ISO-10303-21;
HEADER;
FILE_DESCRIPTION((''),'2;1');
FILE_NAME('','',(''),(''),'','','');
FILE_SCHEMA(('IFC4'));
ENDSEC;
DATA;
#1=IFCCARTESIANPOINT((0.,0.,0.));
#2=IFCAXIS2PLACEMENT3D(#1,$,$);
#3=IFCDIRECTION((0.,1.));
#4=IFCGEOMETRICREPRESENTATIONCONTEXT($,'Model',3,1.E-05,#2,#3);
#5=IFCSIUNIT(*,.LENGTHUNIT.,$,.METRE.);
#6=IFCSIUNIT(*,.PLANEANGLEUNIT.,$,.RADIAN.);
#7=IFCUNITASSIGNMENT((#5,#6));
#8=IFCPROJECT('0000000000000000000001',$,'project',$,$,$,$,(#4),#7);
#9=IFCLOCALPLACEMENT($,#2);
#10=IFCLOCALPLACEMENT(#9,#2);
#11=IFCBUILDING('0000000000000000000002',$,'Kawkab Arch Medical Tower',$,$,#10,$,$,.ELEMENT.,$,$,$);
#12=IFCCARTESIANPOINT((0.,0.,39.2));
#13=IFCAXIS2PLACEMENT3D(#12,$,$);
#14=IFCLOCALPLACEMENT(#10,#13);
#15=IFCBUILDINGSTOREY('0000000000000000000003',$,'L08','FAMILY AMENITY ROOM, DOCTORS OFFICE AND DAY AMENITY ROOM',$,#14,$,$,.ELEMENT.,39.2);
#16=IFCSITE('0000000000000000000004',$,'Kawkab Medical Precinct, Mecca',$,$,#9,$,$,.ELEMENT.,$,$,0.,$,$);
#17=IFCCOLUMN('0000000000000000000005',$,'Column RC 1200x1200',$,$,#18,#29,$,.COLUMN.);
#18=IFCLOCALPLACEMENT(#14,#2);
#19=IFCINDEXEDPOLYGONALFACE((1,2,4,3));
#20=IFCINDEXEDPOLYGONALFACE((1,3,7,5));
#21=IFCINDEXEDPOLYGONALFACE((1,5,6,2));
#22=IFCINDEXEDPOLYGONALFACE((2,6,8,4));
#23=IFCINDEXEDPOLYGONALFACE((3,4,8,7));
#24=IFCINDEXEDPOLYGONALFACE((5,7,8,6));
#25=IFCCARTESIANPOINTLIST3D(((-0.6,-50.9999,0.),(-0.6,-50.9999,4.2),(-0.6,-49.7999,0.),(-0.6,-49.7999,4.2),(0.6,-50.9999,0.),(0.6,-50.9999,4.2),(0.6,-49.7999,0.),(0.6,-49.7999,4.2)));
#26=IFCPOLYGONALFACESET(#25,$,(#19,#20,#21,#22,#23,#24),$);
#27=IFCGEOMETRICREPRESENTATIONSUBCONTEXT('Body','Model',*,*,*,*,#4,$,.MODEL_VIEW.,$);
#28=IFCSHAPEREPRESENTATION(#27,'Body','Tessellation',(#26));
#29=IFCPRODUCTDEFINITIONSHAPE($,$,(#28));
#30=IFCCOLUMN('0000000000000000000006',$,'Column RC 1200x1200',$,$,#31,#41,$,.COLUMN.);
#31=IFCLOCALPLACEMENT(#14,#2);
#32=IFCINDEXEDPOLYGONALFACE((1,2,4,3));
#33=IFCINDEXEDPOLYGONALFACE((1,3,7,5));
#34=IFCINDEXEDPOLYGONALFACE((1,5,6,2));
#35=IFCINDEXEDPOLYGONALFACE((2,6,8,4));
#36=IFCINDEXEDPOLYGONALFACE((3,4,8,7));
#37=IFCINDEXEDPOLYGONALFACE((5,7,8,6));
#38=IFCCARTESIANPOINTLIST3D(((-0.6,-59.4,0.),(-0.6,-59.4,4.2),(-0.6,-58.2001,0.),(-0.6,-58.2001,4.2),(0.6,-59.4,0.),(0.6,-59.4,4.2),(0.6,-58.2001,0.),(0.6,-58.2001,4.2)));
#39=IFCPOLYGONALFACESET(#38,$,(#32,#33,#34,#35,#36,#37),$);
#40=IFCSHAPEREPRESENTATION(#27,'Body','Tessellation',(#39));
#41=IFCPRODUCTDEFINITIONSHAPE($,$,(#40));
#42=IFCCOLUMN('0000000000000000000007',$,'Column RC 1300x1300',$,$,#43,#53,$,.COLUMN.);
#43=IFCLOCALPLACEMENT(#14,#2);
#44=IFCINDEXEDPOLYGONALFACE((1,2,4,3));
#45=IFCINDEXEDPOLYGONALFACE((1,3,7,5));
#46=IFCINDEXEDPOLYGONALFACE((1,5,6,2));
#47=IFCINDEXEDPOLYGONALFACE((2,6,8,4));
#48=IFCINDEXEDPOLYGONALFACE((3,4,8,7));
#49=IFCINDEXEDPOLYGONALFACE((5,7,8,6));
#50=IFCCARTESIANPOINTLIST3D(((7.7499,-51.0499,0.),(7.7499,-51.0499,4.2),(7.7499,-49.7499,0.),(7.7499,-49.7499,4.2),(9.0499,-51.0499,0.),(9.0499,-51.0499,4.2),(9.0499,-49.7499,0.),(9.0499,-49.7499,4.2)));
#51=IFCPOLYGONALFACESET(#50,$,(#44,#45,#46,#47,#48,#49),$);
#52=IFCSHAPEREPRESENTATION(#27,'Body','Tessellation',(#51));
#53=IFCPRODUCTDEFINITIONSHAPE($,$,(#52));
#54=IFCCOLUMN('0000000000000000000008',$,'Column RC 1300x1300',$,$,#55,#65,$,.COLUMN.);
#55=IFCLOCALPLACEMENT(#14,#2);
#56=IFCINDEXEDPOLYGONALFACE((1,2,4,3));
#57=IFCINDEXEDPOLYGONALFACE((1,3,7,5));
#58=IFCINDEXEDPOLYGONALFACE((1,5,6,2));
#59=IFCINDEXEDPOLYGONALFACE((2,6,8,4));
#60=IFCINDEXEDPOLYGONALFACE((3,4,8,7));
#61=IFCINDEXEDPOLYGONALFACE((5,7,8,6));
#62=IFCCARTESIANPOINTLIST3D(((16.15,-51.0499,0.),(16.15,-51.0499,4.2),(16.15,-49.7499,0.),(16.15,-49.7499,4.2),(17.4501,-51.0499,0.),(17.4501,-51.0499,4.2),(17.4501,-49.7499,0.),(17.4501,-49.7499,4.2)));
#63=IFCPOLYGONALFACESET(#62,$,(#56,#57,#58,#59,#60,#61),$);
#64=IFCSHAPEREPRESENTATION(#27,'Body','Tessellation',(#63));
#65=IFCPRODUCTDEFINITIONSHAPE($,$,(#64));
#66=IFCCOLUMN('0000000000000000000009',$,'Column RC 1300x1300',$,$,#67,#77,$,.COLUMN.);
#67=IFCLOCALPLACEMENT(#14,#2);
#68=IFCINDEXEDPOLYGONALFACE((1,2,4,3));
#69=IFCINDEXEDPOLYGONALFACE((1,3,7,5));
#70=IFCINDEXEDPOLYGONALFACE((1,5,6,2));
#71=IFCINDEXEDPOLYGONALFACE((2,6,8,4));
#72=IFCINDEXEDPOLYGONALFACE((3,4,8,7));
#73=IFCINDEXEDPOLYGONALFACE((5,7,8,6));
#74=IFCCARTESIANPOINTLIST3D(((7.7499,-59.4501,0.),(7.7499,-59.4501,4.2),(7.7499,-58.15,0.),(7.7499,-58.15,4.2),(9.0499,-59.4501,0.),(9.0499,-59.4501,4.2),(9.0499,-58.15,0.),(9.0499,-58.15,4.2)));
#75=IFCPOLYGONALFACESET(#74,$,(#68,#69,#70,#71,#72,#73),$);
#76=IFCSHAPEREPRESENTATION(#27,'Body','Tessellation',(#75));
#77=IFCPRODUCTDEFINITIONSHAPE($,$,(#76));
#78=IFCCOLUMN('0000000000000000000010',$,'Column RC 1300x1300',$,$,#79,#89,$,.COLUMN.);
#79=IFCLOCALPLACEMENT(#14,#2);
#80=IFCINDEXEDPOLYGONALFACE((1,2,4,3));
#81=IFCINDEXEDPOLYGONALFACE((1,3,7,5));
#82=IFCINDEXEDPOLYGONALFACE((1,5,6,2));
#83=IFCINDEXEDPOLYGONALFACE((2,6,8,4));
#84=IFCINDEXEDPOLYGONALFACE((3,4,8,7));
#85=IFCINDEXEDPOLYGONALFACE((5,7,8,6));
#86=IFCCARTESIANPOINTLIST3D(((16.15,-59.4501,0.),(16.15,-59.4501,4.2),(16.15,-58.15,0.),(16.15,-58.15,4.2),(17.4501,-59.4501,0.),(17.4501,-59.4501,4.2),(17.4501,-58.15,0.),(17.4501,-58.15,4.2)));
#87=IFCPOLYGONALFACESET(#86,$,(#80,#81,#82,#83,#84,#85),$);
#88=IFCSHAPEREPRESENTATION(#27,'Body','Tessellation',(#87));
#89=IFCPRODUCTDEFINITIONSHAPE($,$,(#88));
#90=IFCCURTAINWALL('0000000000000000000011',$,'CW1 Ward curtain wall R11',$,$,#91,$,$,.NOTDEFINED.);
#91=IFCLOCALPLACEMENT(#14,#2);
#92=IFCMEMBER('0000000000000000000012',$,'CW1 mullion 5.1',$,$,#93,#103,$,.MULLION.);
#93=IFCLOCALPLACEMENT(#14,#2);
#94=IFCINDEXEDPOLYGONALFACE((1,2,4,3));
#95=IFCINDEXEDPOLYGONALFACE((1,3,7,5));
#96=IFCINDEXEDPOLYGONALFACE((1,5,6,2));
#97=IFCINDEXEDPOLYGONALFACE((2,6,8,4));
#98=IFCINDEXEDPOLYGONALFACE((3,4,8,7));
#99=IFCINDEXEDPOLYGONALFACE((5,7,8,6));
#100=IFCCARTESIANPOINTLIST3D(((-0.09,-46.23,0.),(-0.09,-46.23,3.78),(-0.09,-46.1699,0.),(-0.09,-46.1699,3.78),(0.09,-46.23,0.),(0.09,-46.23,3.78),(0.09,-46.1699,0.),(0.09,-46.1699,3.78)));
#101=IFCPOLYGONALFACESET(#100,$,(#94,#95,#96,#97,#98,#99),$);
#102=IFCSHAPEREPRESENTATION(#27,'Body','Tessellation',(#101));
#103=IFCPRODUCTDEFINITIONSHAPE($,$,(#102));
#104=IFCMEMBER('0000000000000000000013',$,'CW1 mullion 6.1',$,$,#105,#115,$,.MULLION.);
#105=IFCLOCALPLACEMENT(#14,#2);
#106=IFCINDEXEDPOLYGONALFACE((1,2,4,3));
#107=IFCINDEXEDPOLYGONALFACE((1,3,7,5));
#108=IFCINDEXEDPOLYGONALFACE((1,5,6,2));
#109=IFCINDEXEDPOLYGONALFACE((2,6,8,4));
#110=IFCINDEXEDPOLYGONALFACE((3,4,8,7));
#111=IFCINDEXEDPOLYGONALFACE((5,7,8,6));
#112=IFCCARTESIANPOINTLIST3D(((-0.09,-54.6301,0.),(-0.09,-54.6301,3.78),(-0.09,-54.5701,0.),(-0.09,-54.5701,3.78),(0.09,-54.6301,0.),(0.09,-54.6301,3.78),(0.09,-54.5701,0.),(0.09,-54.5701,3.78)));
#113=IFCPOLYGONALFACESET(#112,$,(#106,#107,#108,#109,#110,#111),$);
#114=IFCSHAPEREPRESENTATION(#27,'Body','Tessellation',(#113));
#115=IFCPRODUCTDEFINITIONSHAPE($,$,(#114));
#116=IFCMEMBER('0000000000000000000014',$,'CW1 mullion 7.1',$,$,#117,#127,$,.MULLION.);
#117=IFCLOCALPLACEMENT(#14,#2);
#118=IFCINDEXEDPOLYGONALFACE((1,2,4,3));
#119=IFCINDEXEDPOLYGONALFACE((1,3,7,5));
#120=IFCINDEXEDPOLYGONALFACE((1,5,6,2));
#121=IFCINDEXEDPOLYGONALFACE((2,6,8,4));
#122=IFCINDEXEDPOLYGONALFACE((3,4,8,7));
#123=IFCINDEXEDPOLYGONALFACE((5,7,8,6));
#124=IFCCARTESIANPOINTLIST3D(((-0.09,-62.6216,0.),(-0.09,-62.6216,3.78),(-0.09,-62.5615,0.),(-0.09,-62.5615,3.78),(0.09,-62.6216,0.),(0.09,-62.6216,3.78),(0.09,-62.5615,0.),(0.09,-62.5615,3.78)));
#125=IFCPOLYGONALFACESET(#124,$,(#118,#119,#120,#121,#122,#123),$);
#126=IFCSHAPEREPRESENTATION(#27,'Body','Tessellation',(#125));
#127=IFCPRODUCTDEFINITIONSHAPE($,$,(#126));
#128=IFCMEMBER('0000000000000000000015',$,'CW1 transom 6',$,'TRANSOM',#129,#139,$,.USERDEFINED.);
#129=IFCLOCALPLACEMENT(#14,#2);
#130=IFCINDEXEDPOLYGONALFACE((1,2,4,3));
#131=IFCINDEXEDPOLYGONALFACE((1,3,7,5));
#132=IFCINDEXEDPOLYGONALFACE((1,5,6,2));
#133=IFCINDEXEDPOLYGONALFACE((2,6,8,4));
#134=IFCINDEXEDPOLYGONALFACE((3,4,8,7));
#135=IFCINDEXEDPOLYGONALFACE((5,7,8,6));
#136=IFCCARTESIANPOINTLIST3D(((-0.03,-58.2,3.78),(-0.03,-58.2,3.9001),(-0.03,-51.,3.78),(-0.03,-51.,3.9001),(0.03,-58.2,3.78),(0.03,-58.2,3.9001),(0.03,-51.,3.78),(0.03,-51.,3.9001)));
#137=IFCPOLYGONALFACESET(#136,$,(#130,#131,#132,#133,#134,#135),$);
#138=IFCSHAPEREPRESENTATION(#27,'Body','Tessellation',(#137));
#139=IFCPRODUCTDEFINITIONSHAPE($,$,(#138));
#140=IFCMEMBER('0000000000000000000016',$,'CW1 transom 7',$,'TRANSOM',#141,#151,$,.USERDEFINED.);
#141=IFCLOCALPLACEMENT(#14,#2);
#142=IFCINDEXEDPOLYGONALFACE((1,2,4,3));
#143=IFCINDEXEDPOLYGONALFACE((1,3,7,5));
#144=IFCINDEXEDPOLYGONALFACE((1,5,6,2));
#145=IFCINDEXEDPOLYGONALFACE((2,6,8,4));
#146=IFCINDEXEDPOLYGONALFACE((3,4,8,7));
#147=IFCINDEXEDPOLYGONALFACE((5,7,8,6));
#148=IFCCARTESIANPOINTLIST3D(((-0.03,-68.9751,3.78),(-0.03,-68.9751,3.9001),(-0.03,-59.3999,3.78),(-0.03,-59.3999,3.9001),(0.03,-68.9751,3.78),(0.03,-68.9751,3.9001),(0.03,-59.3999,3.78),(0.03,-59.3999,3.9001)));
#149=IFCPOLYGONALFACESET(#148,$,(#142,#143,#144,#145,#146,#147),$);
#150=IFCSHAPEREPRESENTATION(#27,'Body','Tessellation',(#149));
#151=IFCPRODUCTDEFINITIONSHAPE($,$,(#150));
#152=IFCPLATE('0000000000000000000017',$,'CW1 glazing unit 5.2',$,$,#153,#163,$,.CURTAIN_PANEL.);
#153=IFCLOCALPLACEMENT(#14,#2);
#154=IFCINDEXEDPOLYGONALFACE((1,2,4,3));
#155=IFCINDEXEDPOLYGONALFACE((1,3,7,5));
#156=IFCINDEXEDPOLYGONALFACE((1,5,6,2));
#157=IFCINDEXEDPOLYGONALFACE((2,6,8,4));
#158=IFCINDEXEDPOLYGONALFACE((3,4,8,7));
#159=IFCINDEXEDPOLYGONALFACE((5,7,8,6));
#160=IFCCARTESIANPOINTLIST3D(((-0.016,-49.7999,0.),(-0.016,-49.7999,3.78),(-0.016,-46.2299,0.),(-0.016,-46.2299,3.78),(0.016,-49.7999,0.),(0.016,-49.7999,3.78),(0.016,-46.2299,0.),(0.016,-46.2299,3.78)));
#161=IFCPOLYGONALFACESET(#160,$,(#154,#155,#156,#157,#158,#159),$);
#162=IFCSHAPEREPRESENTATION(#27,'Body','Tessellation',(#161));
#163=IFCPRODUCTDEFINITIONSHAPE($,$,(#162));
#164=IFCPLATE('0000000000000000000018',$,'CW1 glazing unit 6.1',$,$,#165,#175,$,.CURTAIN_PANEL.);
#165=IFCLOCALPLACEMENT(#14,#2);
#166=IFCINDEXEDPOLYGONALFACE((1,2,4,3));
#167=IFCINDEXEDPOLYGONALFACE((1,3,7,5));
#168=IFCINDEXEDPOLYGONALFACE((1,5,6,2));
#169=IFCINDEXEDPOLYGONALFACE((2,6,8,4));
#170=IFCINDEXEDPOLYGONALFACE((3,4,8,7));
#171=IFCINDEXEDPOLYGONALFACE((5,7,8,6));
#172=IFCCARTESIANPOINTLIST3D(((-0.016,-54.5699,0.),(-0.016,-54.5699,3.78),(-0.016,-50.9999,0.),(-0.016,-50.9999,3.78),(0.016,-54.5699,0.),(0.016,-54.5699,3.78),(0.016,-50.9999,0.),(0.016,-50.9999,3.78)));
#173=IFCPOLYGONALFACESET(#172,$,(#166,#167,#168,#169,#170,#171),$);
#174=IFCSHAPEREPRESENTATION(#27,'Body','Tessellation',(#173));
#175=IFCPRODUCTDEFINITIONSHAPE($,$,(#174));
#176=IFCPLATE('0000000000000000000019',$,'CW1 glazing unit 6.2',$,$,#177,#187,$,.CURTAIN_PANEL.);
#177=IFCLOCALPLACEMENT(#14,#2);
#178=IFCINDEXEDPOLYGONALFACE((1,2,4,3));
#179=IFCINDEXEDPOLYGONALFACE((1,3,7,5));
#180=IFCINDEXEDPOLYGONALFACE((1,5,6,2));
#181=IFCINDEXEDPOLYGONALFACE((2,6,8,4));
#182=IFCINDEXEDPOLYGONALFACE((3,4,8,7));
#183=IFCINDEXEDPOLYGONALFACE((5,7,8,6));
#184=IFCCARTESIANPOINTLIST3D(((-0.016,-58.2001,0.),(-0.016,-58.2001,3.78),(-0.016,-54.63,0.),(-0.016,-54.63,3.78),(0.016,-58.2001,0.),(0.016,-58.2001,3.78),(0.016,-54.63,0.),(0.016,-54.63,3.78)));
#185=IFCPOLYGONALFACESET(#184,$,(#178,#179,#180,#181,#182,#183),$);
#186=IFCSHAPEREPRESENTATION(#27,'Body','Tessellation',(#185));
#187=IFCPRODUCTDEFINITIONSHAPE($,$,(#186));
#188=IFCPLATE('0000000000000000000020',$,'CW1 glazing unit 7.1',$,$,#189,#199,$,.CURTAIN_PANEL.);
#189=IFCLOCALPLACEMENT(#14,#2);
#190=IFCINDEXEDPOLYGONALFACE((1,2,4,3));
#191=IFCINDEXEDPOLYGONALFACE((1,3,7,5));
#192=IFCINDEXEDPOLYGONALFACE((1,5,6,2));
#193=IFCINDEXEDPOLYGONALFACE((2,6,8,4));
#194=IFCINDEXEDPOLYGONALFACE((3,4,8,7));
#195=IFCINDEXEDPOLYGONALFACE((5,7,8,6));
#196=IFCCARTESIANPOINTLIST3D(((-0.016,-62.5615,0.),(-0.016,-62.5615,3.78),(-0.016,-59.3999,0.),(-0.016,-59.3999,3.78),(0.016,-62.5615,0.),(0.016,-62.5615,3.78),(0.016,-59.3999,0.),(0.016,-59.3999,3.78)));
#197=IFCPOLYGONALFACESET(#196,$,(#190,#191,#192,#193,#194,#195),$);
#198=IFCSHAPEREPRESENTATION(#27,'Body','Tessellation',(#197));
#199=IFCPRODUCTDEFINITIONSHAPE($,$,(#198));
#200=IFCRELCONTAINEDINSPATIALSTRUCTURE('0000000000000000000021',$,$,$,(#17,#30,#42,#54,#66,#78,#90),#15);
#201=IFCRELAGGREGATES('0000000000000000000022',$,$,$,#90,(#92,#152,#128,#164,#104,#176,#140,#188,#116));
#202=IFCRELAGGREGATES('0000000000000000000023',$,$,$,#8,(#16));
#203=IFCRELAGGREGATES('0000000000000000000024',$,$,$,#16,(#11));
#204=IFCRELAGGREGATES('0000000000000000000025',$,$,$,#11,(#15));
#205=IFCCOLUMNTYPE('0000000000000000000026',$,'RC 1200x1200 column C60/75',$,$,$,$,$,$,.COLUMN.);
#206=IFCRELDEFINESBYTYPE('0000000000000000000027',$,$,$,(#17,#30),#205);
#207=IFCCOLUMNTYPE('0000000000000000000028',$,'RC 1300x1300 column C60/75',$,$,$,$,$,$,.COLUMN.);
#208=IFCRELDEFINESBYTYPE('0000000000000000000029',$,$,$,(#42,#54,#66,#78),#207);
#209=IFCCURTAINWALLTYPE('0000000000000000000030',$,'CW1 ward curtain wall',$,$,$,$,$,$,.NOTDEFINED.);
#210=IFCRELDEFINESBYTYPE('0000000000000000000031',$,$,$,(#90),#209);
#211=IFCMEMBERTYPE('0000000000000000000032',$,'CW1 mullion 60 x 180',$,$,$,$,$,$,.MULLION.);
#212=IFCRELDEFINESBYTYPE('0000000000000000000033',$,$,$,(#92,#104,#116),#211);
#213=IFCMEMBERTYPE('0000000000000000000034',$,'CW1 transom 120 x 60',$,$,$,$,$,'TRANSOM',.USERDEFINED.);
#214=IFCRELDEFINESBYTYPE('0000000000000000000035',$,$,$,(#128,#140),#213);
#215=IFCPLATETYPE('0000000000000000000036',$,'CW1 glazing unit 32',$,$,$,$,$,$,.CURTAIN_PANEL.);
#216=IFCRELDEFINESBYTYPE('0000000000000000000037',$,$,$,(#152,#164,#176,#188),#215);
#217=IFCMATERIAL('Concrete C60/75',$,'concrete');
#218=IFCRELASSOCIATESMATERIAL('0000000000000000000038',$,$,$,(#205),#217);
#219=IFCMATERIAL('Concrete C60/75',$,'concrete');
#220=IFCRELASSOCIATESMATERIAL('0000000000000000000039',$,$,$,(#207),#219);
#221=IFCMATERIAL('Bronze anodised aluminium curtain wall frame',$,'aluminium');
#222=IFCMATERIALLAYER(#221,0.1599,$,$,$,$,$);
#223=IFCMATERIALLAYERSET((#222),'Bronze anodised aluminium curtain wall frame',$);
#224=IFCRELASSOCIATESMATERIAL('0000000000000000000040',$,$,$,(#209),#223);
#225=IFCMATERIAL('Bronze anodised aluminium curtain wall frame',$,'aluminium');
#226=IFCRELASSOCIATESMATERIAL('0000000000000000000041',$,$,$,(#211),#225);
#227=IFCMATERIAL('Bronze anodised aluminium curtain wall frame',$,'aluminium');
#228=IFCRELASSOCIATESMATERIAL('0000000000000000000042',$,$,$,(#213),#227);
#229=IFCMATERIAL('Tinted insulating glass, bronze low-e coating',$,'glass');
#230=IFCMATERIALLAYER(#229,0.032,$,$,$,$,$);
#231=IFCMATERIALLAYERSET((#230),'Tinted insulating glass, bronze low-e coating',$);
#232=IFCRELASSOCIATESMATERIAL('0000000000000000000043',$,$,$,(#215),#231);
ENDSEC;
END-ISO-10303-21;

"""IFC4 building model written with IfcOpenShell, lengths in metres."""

from ifc_helpers import new_model, si_unit, direction, frame, origin, origin_2d, place, context, subcontext, project, spatial, rectangle, extrude, material, layer, layer_set, material_profile, profile_set, type_object, element, aggregate, save


model = new_model("IFC4")

# Units and contexts
model_context = context("Model", 3, precision=1e-05, world=origin(), true_north=direction((0.0, 1.0)))
body_context = subcontext(model_context, "Body", "Model", "MODEL_VIEW")
ifc_project = project(units=[si_unit("LENGTHUNIT", "METRE"), si_unit("PLANEANGLEUNIT", "RADIAN")], contexts=[model_context])

# Site, building, storey
site_placement = place(None, origin())
site = spatial("IfcSite", under=ifc_project, at=site_placement, Name="Kawkab Medical Precinct, Mecca", CompositionType="ELEMENT", RefElevation=0.0)
building_placement = place(site_placement, origin())
building = spatial("IfcBuilding", under=site, at=building_placement, Name="Kawkab Arch Medical Tower", CompositionType="ELEMENT")
storey_placement = place(building_placement, frame((0.0, 0.0, 39.2)))
storey = spatial("IfcBuildingStorey", under=building, at=storey_placement, Name="L08", Description="FAMILY AMENITY ROOM, DOCTORS OFFICE AND DAY AMENITY ROOM", CompositionType="ELEMENT", Elevation=39.2)

# Columns
ifc_material_1 = material(Name="Concrete C60/75", Category="concrete")
ifc_material_profile_1 = material_profile(ifc_material_1, rectangle(XDim=1.2, YDim=1.2, at=origin_2d()), Name="RC 1200x1200")
ifc_profile_set_1 = profile_set([ifc_material_profile_1], Name="Concrete C60/75")
column_type_1 = type_object("IfcColumnType", Name="RC 1200x1200 column C60/75", PredefinedType="COLUMN", material=ifc_profile_set_1)
for number, where, z_axis, x_axis, name in (
    (1, (0.0, -50.3999, 0.0), (0.0, 0.0, 1.0), (1.0, 0.0, 0.0), "Column RC 1200x1200"),
    (2, (0.0, -58.8, 0.0), (0.0, 0.0, 1.0), (1.0, 0.0, 0.0), "Column RC 1200x1200"),
):
    element("IfcColumn", number, at=place(storey_placement, frame(where, z_axis=z_axis, x_axis=x_axis)), inside=storey, type_object=column_type_1, Name=name, PredefinedType="COLUMN", context=body_context, shape_type="SweptSolid", body=[
        extrude(rectangle(XDim=1.2, YDim=1.2, at=origin_2d()), origin(), (0.0, 0.0, 1.0), 4.2),
    ])
ifc_material_2 = material(Name="Concrete C60/75", Category="concrete")
ifc_material_profile_2 = material_profile(ifc_material_2, rectangle(XDim=1.3, YDim=1.3, at=origin_2d()), Name="RC 1300x1300")
ifc_profile_set_2 = profile_set([ifc_material_profile_2], Name="Concrete C60/75")
column_type_2 = type_object("IfcColumnType", Name="RC 1300x1300 column C60/75", PredefinedType="COLUMN", material=ifc_profile_set_2)
for number, where, z_axis, x_axis, name in (
    (3, (8.3999, -50.3999, 0.0), (0.0, 0.0, 1.0), (1.0, 0.0, 0.0), "Column RC 1300x1300"),
    (4, (16.8, -50.3999, 0.0), (0.0, 0.0, 1.0), (1.0, 0.0, 0.0), "Column RC 1300x1300"),
    (5, (8.3999, -58.8, 0.0), (0.0, 0.0, 1.0), (1.0, 0.0, 0.0), "Column RC 1300x1300"),
    (6, (16.8, -58.8, 0.0), (0.0, 0.0, 1.0), (1.0, 0.0, 0.0), "Column RC 1300x1300"),
):
    element("IfcColumn", number, at=place(storey_placement, frame(where, z_axis=z_axis, x_axis=x_axis)), inside=storey, type_object=column_type_2, Name=name, PredefinedType="COLUMN", context=body_context, shape_type="SweptSolid", body=[
        extrude(rectangle(XDim=1.3, YDim=1.3, at=origin_2d()), origin(), (0.0, 0.0, 1.0), 4.2),
    ])

# Curtain wall, members, plates
ifc_material_3 = material(Name="Bronze anodised aluminium curtain wall frame", Category="aluminium")
ifc_layer_1 = layer(ifc_material_3, 0.1599)
ifc_layer_set_1 = layer_set([ifc_layer_1], Name="Bronze anodised aluminium curtain wall frame")
curtain_wall_type = type_object("IfcCurtainWallType", Name="CW1 ward curtain wall", PredefinedType="NOTDEFINED", material=ifc_layer_set_1)
curtain_wall_placement = place(storey_placement, origin())
curtain_wall = element("IfcCurtainWall", 7, at=curtain_wall_placement, inside=storey, type_object=curtain_wall_type, Name="CW1 Ward curtain wall R11", PredefinedType="NOTDEFINED")
ifc_material_4 = material(Name="Bronze anodised aluminium curtain wall frame", Category="aluminium")
ifc_material_profile_3 = material_profile(ifc_material_4, rectangle(XDim=0.1799, YDim=0.0601, at=origin_2d()), Name="AL 60x180")
ifc_profile_set_3 = profile_set([ifc_material_profile_3], Name="Bronze anodised aluminium curtain wall frame")
member_type_1 = type_object("IfcMemberType", Name="CW1 mullion 60 x 180", PredefinedType="MULLION", material=ifc_profile_set_3)
member_1_placement = place(storey_placement, frame((0.0, -46.2, 0.0), z_axis=(0.0, 0.0, 1.0), x_axis=(1.0, 0.0, 0.0)))
member_1 = element("IfcMember", 8, at=member_1_placement, type_object=member_type_1, Name="CW1 mullion 5.1", PredefinedType="MULLION", context=body_context, shape_type="SweptSolid", body=[
    extrude(rectangle(XDim=0.1799, YDim=0.0601, at=origin_2d()), origin(), (0.0, 0.0, 1.0), 3.78),
])
member_2_placement = place(storey_placement, frame((0.0, -54.6001, 0.0), z_axis=(0.0, 0.0, 1.0), x_axis=(1.0, 0.0, 0.0)))
member_2 = element("IfcMember", 9, at=member_2_placement, type_object=member_type_1, Name="CW1 mullion 6.1", PredefinedType="MULLION", context=body_context, shape_type="SweptSolid", body=[
    extrude(rectangle(XDim=0.1799, YDim=0.0601, at=origin_2d()), origin(), (0.0, 0.0, 1.0), 3.78),
])
member_3_placement = place(storey_placement, frame((0.0, -62.5916, 0.0), z_axis=(0.0, 0.0, 1.0), x_axis=(1.0, 0.0, 0.0)))
member_3 = element("IfcMember", 10, at=member_3_placement, type_object=member_type_1, Name="CW1 mullion 7.1", PredefinedType="MULLION", context=body_context, shape_type="SweptSolid", body=[
    extrude(rectangle(XDim=0.1799, YDim=0.0601, at=origin_2d()), origin(), (0.0, 0.0, 1.0), 3.78),
])
ifc_material_5 = material(Name="Bronze anodised aluminium curtain wall frame", Category="aluminium")
ifc_material_profile_4 = material_profile(ifc_material_5, rectangle(XDim=0.0601, YDim=0.1201, at=origin_2d()), Name="AL 60x120")
ifc_profile_set_4 = profile_set([ifc_material_profile_4], Name="Bronze anodised aluminium curtain wall frame")
member_type_2 = type_object("IfcMemberType", Name="CW1 transom 120 x 60", ElementType="TRANSOM", PredefinedType="USERDEFINED", material=ifc_profile_set_4)
member_4_placement = place(storey_placement, frame((0.0, -51.0, 3.8401), z_axis=(0.0, -1.0, 0.0), x_axis=(1.0, 0.0, 0.0)))
member_4 = element("IfcMember", 11, at=member_4_placement, type_object=member_type_2, Name="CW1 transom 6", ObjectType="TRANSOM", PredefinedType="USERDEFINED", context=body_context, shape_type="SweptSolid", body=[
    extrude(rectangle(XDim=0.0601, YDim=0.1201, at=origin_2d()), origin(), (0.0, 0.0, 1.0), 7.2),
])
member_5_placement = place(storey_placement, frame((0.0, -59.3999, 3.8401), z_axis=(0.0, -1.0, 0.0), x_axis=(1.0, 0.0, 0.0)))
member_5 = element("IfcMember", 12, at=member_5_placement, type_object=member_type_2, Name="CW1 transom 7", ObjectType="TRANSOM", PredefinedType="USERDEFINED", context=body_context, shape_type="SweptSolid", body=[
    extrude(rectangle(XDim=0.0601, YDim=0.1201, at=origin_2d()), origin(), (0.0, 0.0, 1.0), 9.5752),
])
ifc_material_6 = material(Name="Tinted insulating glass, bronze low-e coating", Category="glass")
ifc_layer_2 = layer(ifc_material_6, 0.032)
ifc_layer_set_2 = layer_set([ifc_layer_2], Name="Tinted insulating glass, bronze low-e coating")
plate_type = type_object("IfcPlateType", Name="CW1 glazing unit 32", PredefinedType="CURTAIN_PANEL", material=ifc_layer_set_2)
plate_1_placement = place(storey_placement, frame((0.0, -48.0149, 0.0), z_axis=(0.0, 0.0, 1.0), x_axis=(0.0, -1.0, 0.0)))
plate_1 = element("IfcPlate", 13, at=plate_1_placement, type_object=plate_type, Name="CW1 glazing unit 5.2", PredefinedType="CURTAIN_PANEL", context=body_context, shape_type="SweptSolid", body=[
    extrude(rectangle(XDim=3.5701, YDim=0.032, at=origin_2d()), origin(), (0.0, 0.0, 1.0), 3.78),
])
plate_2_placement = place(storey_placement, frame((0.0, -52.7849, 0.0), z_axis=(0.0, 0.0, 1.0), x_axis=(0.0, -1.0, 0.0)))
plate_2 = element("IfcPlate", 14, at=plate_2_placement, type_object=plate_type, Name="CW1 glazing unit 6.1", PredefinedType="CURTAIN_PANEL", context=body_context, shape_type="SweptSolid", body=[
    extrude(rectangle(XDim=3.5701, YDim=0.032, at=origin_2d()), origin(), (0.0, 0.0, 1.0), 3.78),
])
plate_3_placement = place(storey_placement, frame((0.0, -56.415, 0.0), z_axis=(0.0, 0.0, 1.0), x_axis=(0.0, -1.0, 0.0)))
plate_3 = element("IfcPlate", 15, at=plate_3_placement, type_object=plate_type, Name="CW1 glazing unit 6.2", PredefinedType="CURTAIN_PANEL", context=body_context, shape_type="SweptSolid", body=[
    extrude(rectangle(XDim=3.5701, YDim=0.032, at=origin_2d()), origin(), (0.0, 0.0, 1.0), 3.78),
])
plate_4_placement = place(storey_placement, frame((0.0, -60.9807, 0.0), z_axis=(0.0, 0.0, 1.0), x_axis=(0.0, -1.0, 0.0)))
plate_4 = element("IfcPlate", 16, at=plate_4_placement, type_object=plate_type, Name="CW1 glazing unit 7.1", PredefinedType="CURTAIN_PANEL", context=body_context, shape_type="SweptSolid", body=[
    extrude(rectangle(XDim=3.1616, YDim=0.032, at=origin_2d()), origin(), (0.0, 0.0, 1.0), 3.78),
])
aggregate(curtain_wall, [member_1, plate_1, member_4, plate_2, member_2, plate_3, member_5, plate_4, member_3])

save(model, "model.ifc")
